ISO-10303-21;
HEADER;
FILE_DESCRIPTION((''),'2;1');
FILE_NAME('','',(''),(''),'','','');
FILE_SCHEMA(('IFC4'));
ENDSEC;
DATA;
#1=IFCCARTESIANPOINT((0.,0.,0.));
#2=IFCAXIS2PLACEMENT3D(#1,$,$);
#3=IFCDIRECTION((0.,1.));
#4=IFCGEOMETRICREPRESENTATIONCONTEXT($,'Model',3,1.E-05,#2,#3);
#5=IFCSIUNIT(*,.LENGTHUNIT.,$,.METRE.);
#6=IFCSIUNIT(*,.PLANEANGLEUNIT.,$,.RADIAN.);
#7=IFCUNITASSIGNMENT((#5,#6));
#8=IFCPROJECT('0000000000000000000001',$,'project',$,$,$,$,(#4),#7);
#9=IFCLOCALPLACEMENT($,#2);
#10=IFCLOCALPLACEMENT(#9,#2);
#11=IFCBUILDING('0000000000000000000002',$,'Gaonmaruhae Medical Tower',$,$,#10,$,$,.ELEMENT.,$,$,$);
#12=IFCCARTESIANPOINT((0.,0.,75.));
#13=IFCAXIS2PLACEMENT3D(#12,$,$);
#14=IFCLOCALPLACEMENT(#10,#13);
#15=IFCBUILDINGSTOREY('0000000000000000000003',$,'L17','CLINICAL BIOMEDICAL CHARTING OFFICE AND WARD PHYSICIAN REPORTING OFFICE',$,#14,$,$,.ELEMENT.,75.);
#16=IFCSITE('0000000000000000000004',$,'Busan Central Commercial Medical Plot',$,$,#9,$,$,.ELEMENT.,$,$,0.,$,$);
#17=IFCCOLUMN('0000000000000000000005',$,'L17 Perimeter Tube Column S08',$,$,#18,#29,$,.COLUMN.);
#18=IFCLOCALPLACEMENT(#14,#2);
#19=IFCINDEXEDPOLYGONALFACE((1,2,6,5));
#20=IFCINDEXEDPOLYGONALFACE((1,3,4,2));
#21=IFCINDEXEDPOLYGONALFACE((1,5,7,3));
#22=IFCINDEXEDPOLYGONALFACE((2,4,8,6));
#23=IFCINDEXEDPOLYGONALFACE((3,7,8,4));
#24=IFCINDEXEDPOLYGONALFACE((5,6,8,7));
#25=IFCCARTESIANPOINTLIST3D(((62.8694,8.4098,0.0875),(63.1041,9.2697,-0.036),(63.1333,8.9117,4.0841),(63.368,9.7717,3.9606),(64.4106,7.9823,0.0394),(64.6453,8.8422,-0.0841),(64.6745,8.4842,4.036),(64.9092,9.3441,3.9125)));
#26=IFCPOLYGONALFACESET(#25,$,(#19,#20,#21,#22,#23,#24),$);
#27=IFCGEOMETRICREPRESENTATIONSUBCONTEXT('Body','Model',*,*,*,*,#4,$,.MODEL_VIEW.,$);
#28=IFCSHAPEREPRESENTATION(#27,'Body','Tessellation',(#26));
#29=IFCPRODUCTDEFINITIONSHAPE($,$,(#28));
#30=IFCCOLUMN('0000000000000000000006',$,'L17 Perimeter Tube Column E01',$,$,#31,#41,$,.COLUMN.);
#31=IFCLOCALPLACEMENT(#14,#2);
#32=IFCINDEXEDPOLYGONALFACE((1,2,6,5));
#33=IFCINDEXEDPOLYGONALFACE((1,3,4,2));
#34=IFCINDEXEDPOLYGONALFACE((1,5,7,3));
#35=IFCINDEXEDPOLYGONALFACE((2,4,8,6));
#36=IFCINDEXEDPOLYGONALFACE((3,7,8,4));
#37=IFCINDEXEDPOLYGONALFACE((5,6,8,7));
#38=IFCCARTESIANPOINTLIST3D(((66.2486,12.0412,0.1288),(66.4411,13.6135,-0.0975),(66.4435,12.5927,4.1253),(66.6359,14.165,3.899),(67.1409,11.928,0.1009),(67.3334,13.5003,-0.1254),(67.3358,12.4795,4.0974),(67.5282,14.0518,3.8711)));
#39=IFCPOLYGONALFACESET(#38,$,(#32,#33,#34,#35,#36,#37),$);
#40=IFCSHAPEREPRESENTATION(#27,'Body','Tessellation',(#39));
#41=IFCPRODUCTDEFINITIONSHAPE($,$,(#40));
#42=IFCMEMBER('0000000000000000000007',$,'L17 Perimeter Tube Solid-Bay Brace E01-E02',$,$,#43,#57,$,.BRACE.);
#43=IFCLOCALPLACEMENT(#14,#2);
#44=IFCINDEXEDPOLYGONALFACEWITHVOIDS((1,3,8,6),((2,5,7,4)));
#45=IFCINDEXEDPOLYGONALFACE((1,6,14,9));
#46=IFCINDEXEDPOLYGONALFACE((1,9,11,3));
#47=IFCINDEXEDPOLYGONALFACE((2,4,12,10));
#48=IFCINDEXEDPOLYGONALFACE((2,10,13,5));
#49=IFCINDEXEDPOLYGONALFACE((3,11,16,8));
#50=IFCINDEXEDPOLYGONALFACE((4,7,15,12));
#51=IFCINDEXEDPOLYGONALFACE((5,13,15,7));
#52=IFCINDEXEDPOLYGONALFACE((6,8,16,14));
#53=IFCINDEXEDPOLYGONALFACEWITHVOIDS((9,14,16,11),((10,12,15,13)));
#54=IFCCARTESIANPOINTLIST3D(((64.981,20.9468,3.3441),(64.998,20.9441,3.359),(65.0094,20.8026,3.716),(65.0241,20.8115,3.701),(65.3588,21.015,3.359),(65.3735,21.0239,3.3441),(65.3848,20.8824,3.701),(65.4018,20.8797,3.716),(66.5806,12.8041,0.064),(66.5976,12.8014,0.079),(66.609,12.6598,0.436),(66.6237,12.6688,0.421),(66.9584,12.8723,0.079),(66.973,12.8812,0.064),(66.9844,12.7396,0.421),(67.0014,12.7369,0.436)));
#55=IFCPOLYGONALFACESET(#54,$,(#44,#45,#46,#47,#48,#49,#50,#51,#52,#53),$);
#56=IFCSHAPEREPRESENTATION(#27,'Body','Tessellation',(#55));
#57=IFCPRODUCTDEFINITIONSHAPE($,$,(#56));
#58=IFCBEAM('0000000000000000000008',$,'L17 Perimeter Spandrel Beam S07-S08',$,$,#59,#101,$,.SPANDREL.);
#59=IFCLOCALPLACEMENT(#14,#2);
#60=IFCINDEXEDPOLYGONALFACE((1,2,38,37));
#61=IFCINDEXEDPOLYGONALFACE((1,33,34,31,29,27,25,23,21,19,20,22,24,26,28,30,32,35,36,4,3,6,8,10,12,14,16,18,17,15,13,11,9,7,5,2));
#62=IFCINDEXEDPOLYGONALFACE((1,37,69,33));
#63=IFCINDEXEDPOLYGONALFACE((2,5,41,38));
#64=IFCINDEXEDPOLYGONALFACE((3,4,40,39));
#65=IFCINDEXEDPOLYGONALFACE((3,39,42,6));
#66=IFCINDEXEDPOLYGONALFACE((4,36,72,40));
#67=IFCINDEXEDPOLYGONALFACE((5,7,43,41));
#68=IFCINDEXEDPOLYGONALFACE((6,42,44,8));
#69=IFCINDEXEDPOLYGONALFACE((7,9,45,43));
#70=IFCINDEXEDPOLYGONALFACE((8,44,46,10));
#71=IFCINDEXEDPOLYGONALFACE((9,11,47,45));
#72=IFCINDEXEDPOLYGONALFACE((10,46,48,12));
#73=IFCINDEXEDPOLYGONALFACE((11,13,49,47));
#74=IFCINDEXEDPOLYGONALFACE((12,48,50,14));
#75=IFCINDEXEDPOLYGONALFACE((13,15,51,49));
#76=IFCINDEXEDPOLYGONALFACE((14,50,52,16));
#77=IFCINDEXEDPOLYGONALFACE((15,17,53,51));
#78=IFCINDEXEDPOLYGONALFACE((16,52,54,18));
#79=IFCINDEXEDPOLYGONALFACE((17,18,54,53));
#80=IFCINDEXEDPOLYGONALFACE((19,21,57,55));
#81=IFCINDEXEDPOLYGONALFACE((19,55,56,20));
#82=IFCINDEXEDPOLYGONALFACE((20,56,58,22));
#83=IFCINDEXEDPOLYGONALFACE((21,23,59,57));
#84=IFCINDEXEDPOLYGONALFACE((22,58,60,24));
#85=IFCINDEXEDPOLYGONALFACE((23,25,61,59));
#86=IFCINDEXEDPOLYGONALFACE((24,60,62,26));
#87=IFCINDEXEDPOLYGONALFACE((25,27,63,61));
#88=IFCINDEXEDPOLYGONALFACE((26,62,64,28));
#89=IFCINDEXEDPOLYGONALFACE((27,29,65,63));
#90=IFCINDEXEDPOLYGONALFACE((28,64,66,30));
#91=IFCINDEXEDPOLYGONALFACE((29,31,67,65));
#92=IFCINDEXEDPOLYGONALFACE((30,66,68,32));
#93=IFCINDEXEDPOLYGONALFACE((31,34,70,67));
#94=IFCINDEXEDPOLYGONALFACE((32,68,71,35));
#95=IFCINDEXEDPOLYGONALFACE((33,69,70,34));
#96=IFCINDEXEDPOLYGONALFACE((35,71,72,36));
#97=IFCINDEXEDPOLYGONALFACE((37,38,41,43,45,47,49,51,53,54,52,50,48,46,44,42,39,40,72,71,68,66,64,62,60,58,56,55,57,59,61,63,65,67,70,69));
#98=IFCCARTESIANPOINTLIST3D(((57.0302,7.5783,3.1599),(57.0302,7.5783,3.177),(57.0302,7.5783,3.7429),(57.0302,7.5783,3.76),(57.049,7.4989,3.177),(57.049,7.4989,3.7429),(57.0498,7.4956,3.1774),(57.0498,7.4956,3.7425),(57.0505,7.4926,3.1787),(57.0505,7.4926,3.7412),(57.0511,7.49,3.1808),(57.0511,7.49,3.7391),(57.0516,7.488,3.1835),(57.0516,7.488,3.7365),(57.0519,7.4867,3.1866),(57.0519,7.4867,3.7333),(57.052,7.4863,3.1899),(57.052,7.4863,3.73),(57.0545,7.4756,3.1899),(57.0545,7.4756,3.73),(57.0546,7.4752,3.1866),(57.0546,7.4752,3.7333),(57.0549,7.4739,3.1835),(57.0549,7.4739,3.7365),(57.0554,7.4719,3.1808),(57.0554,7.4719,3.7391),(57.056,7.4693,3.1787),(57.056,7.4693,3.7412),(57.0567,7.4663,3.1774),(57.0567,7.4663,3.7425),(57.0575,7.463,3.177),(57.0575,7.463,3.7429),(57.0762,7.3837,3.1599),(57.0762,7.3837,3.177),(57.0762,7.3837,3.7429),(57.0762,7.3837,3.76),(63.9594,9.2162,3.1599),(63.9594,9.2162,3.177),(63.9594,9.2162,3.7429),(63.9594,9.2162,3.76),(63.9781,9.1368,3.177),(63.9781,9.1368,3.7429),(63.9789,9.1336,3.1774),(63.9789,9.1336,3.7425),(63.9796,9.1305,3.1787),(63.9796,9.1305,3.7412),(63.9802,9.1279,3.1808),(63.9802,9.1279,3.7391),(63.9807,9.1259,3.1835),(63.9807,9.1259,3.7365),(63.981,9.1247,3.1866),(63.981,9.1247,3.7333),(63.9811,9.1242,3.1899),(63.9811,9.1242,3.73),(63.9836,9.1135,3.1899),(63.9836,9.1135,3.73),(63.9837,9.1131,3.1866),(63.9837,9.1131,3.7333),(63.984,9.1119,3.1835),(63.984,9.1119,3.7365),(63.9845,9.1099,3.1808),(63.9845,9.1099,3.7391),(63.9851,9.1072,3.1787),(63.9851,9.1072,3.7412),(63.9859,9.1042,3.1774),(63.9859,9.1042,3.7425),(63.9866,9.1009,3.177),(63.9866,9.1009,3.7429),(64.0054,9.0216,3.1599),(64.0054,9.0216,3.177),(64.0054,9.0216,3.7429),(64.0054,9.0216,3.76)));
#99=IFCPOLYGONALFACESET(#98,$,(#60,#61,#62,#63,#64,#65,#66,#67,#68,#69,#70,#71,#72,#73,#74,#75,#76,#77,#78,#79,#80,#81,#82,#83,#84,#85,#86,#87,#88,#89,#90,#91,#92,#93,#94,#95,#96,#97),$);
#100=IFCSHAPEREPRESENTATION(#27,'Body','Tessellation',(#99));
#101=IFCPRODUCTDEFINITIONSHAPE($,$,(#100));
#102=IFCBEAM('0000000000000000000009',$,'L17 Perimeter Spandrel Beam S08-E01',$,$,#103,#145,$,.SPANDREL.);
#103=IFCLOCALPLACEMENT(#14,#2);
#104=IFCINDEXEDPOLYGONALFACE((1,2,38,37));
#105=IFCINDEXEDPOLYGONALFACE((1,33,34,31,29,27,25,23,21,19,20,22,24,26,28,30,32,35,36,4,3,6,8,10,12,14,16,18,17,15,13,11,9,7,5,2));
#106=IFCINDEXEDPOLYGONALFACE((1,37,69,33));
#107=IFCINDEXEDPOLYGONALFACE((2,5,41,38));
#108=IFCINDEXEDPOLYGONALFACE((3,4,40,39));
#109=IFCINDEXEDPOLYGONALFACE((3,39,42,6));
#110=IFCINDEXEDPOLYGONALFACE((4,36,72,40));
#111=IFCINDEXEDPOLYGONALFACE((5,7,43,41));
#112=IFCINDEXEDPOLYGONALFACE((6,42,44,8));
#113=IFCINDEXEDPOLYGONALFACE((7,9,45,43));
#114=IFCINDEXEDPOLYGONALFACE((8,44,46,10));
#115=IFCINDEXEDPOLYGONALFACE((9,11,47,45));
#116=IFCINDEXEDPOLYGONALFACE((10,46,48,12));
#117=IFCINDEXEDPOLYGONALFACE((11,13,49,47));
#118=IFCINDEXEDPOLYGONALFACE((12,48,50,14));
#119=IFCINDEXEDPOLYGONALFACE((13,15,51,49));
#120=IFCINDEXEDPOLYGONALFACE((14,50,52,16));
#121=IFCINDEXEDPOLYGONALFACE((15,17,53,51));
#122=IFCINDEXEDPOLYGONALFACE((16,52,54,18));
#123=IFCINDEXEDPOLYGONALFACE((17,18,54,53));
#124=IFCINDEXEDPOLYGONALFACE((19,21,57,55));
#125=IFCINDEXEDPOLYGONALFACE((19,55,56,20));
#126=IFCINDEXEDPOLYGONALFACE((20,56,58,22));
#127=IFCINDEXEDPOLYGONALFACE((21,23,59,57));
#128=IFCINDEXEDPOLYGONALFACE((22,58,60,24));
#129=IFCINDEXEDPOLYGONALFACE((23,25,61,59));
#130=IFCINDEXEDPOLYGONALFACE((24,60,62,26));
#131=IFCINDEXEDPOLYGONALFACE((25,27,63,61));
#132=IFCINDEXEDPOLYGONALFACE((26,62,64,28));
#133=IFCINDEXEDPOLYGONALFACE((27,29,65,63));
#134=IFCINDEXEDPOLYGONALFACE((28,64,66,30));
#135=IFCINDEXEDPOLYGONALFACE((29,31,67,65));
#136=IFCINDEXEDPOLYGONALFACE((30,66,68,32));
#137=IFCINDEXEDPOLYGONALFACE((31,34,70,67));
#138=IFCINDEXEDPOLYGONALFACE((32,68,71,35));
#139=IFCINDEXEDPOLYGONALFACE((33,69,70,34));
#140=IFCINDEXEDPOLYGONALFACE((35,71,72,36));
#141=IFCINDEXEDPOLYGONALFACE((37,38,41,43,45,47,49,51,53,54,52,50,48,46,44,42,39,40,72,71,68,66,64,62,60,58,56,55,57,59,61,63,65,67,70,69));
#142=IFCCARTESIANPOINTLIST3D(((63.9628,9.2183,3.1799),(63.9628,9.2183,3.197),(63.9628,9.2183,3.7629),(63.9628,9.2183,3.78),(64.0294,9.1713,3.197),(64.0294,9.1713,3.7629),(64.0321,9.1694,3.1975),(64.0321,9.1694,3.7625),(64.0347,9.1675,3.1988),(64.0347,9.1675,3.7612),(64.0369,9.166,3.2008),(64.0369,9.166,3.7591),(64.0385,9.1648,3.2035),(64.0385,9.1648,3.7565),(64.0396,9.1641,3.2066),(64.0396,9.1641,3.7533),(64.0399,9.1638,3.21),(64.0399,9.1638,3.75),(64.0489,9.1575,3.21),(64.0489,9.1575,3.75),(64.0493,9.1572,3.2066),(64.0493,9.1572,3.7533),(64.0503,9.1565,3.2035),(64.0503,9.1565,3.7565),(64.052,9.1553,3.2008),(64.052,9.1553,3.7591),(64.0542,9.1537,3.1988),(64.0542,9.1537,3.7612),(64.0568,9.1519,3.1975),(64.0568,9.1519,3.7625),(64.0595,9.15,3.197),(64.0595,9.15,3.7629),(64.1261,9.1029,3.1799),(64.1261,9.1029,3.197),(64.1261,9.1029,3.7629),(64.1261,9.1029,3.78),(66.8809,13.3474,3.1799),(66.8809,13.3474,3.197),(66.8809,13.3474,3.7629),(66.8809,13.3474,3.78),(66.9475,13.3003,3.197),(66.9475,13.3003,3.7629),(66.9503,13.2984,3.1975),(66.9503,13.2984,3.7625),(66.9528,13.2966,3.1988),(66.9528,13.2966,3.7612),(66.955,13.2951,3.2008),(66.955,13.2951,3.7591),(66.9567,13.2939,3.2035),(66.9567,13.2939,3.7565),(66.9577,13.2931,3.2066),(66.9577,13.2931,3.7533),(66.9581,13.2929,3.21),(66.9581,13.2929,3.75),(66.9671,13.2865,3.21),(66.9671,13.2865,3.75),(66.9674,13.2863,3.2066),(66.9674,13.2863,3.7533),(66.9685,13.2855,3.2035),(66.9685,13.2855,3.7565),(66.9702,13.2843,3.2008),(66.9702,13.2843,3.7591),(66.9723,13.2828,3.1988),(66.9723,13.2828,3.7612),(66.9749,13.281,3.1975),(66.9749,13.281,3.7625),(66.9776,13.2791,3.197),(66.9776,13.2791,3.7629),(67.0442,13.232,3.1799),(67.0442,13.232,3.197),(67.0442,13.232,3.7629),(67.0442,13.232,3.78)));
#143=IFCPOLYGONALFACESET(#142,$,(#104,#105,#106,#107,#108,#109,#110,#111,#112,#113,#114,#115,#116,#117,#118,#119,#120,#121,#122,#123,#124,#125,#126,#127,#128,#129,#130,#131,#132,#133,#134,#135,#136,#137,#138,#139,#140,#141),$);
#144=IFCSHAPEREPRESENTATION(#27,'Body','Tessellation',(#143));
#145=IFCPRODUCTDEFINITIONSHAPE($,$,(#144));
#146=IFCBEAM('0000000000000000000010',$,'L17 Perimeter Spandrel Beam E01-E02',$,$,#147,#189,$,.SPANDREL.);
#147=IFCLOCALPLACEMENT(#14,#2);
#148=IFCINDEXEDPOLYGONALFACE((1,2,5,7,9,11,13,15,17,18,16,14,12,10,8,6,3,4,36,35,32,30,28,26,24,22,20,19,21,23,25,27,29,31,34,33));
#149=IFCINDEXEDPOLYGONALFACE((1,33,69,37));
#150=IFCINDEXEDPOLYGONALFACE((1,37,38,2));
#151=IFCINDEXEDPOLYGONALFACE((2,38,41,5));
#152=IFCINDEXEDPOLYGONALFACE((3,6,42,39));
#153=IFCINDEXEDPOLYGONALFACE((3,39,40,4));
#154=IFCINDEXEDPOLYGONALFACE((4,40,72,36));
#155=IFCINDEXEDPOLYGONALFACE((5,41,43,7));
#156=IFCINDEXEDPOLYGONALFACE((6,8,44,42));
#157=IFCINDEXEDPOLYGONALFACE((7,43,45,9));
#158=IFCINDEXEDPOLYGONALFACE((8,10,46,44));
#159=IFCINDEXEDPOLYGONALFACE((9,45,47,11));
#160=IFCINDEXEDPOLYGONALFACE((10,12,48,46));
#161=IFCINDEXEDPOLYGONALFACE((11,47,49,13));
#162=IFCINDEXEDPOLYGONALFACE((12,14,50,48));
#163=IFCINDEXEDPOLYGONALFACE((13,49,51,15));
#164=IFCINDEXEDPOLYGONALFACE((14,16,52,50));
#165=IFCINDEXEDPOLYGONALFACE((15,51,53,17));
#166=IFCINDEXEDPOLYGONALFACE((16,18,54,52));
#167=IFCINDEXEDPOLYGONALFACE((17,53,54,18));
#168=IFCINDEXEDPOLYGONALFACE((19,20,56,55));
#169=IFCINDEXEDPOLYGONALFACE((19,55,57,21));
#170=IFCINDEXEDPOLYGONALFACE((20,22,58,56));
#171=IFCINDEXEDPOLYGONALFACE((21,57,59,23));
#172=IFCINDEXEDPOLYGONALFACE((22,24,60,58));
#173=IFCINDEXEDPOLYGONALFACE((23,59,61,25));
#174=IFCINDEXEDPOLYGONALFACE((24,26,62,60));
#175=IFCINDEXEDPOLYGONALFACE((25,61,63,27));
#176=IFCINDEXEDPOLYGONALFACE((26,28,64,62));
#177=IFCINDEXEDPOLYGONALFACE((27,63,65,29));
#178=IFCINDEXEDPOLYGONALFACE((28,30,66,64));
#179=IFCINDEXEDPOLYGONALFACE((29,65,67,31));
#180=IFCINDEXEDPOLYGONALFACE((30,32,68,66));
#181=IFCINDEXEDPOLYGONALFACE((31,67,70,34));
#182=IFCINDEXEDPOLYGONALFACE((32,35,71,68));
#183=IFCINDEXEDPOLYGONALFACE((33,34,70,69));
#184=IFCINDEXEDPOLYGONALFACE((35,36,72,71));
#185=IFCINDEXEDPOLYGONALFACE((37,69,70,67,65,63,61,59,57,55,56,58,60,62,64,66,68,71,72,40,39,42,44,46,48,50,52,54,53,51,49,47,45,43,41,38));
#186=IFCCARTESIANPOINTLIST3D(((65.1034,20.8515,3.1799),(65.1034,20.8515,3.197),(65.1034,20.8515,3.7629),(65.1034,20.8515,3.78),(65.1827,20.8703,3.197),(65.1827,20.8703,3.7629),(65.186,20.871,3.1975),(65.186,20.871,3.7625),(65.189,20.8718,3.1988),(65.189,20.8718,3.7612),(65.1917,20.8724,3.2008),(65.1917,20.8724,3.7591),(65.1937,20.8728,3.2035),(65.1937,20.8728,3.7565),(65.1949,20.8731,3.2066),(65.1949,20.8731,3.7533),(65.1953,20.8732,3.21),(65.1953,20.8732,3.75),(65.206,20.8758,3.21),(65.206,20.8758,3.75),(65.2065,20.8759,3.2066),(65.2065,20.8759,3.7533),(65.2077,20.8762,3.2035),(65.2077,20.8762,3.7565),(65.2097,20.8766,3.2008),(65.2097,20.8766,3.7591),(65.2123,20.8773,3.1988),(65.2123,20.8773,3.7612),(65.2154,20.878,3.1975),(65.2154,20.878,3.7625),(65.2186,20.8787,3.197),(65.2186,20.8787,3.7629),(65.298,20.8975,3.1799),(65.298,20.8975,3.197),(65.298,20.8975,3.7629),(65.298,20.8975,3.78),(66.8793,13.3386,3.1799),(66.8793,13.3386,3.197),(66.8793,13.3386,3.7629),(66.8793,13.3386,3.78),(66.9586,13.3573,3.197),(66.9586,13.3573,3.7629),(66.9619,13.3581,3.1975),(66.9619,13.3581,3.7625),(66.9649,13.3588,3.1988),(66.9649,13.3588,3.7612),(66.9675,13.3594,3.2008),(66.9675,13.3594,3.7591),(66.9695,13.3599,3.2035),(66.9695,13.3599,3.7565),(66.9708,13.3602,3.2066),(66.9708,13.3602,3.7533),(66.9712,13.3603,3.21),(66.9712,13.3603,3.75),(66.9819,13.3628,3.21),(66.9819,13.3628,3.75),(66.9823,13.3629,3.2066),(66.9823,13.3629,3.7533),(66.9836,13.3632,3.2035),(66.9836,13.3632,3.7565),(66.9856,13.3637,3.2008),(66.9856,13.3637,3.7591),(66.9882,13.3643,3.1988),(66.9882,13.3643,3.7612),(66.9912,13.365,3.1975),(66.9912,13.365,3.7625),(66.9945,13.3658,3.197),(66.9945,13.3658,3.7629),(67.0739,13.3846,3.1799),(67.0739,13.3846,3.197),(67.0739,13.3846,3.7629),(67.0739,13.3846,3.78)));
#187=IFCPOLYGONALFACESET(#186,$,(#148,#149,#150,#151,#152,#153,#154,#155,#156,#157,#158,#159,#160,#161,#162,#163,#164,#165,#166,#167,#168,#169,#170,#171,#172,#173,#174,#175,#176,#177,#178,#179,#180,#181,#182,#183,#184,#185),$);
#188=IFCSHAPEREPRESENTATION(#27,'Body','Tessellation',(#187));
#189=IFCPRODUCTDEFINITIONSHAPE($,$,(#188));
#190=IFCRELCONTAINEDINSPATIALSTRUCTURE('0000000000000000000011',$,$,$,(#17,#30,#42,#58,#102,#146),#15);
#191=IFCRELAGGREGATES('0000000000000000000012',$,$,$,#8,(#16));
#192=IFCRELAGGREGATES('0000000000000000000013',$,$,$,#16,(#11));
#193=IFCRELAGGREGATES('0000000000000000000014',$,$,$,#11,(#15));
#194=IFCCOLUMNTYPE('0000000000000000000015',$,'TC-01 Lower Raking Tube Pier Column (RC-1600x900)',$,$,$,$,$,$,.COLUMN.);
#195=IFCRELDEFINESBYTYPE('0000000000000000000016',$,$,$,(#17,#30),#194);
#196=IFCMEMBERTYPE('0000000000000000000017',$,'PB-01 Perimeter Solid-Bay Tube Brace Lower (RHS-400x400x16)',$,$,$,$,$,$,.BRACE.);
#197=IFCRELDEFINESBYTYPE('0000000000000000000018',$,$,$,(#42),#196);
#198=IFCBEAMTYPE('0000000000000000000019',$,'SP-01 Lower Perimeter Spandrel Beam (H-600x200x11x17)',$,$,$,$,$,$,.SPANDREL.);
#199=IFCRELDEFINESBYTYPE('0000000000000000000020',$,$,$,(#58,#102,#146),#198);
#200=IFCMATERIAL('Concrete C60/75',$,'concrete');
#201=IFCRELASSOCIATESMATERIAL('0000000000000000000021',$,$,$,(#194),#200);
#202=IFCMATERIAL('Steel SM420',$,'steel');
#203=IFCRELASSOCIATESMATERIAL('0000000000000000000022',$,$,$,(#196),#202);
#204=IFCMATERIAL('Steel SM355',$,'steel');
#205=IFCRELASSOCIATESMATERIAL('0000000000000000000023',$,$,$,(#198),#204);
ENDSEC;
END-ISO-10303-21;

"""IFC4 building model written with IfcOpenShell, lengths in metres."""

from ifc_helpers import new_model, si_unit, direction, frame, origin, origin_2d, place, context, subcontext, project, spatial, rectangle, hollow_rectangle, i_section, extrude, material, material_profile, profile_set, type_object, element, save


model = new_model("IFC4")

# Units and contexts
model_context = context("Model", 3, precision=1e-05, world=origin(), true_north=direction((0.0, 1.0)))
body_context = subcontext(model_context, "Body", "Model", "MODEL_VIEW")
ifc_project = project(units=[si_unit("LENGTHUNIT", "METRE"), si_unit("PLANEANGLEUNIT", "RADIAN")], contexts=[model_context])

# Site, building, storey
site_placement = place(None, origin())
site = spatial("IfcSite", under=ifc_project, at=site_placement, Name="Busan Central Commercial Medical Plot", CompositionType="ELEMENT", RefElevation=0.0)
building_placement = place(site_placement, origin())
building = spatial("IfcBuilding", under=site, at=building_placement, Name="Gaonmaruhae Medical Tower", CompositionType="ELEMENT")
storey_placement = place(building_placement, frame((0.0, 0.0, 75.0)))
storey = spatial("IfcBuildingStorey", under=building, at=storey_placement, Name="L17", Description="CLINICAL BIOMEDICAL CHARTING OFFICE AND WARD PHYSICIAN REPORTING OFFICE", CompositionType="ELEMENT", Elevation=75.0)

# Columns
ifc_material_1 = material(Name="Concrete C60/75", Category="concrete")
ifc_material_profile_1 = material_profile(ifc_material_1, rectangle(XDim=1.6001, YDim=0.8999, at=origin_2d()), Name="RC-1600x900")
ifc_profile_set_1 = profile_set([ifc_material_profile_1], Name="Concrete C60/75")
column_type = type_object("IfcColumnType", Name="TC-01 Lower Raking Tube Pier Column (RC-1600x900)", PredefinedType="COLUMN", material=ifc_profile_set_1)
column_1_placement = place(storey_placement, frame((63.7573, 8.626, 0.0017), z_axis=(0.06538, 0.12435, 0.990082), x_axis=(-0.96318, 0.267171, 0.030048)))
element("IfcColumn", 1, at=column_1_placement, inside=storey, type_object=column_type, Name="L17 Perimeter Tube Column S08", PredefinedType="COLUMN", context=body_context, shape_type="SweptSolid", body=[
    extrude(rectangle(XDim=1.6001, YDim=0.8999, at=origin_2d()), origin(), (0.0, 0.0, 1.0), 4.0366),
])
column_2_placement = place(storey_placement, frame((66.791, 12.7708, 0.0017), z_axis=(0.048234, 0.136542, 0.989459), x_axis=(-0.120275, -0.98261, 0.14146)))
element("IfcColumn", 2, at=column_2_placement, inside=storey, type_object=column_type, Name="L17 Perimeter Tube Column E01", PredefinedType="COLUMN", context=body_context, shape_type="SweptSolid", body=[
    extrude(rectangle(XDim=1.6001, YDim=0.8999, at=origin_2d()), origin(), (0.0, 0.0, 1.0), 4.0391),
])

# Member
ifc_material_2 = material(Name="Steel SM420", Category="steel")
ifc_material_profile_2 = material_profile(ifc_material_2, hollow_rectangle(XDim=0.3999, YDim=0.3999, WallThickness=0.0161, at=origin_2d()), Name="RHS-400x400x16")
ifc_profile_set_2 = profile_set([ifc_material_profile_2], Name="Steel SM420")
member_type = type_object("IfcMemberType", Name="PB-01 Perimeter Solid-Bay Tube Brace Lower (RHS-400x400x16)", PredefinedType="BRACE", material=ifc_profile_set_2)
member_placement = place(storey_placement, frame((66.791, 12.7705, 0.25), z_axis=(-0.179265, 0.912549, 0.367586), x_axis=(-0.981246, -0.19276, 0.0)))
element("IfcMember", 3, at=member_placement, inside=storey, type_object=member_type, Name="L17 Perimeter Tube Solid-Bay Brace E01-E02", PredefinedType="BRACE", context=body_context, shape_type="SweptSolid", body=[
    extrude(hollow_rectangle(XDim=0.3999, YDim=0.3999, WallThickness=0.0161, at=origin_2d()), origin(), (0.0, 0.0, 1.0), 8.9231),
])

# Beams
ifc_material_3 = material(Name="Steel SM355", Category="steel")
ifc_material_profile_3 = material_profile(ifc_material_3, i_section(OverallWidth=0.2, OverallDepth=0.6001, WebThickness=0.011, FlangeThickness=0.0171, FilletRadius=0.0129, at=origin_2d()), Name="H-600x200x11x17")
ifc_profile_set_3 = profile_set([ifc_material_profile_3], Name="Steel SM355")
beam_type = type_object("IfcBeamType", Name="SP-01 Lower Perimeter Spandrel Beam (H-600x200x11x17)", PredefinedType="SPANDREL", material=ifc_profile_set_3)
beam_1_placement = place(storey_placement, frame((57.0532, 7.481, 3.46), z_axis=(0.973181, 0.230043, 0.0), x_axis=(-0.230043, 0.973181, 0.0)))
element("IfcBeam", 4, at=beam_1_placement, inside=storey, type_object=beam_type, Name="L17 Perimeter Spandrel Beam S07-S08", PredefinedType="SPANDREL", context=body_context, shape_type="SweptSolid", body=[
    extrude(i_section(OverallWidth=0.2, OverallDepth=0.6001, WebThickness=0.011, FlangeThickness=0.0171, FilletRadius=0.0129, at=origin_2d()), origin(), (0.0, 0.0, 1.0), 7.1201),
])
beam_2_placement = place(storey_placement, frame((64.0444, 9.1606, 3.48), z_axis=(0.577148, 0.81664, 0.0), x_axis=(-0.81664, 0.577148, 0.0)))
element("IfcBeam", 5, at=beam_2_placement, inside=storey, type_object=beam_type, Name="L17 Perimeter Spandrel Beam S08-E01", PredefinedType="SPANDREL", context=body_context, shape_type="SweptSolid", body=[
    extrude(i_section(OverallWidth=0.2, OverallDepth=0.6001, WebThickness=0.011, FlangeThickness=0.0171, FilletRadius=0.0129, at=origin_2d()), origin(), (0.0, 0.0, 1.0), 5.0562),
])
beam_3_placement = place(storey_placement, frame((66.9766, 13.3616, 3.48), z_axis=(-0.230037, 0.973182, 0.0), x_axis=(-0.973182, -0.230037, 0.0)))
element("IfcBeam", 6, at=beam_3_placement, inside=storey, type_object=beam_type, Name="L17 Perimeter Spandrel Beam E01-E02", PredefinedType="SPANDREL", context=body_context, shape_type="SweptSolid", body=[
    extrude(i_section(OverallWidth=0.2, OverallDepth=0.6001, WebThickness=0.011, FlangeThickness=0.0171, FilletRadius=0.0129, at=origin_2d()), origin(), (0.0, 0.0, 1.0), 7.72),
])

save(model, "model.ifc")
